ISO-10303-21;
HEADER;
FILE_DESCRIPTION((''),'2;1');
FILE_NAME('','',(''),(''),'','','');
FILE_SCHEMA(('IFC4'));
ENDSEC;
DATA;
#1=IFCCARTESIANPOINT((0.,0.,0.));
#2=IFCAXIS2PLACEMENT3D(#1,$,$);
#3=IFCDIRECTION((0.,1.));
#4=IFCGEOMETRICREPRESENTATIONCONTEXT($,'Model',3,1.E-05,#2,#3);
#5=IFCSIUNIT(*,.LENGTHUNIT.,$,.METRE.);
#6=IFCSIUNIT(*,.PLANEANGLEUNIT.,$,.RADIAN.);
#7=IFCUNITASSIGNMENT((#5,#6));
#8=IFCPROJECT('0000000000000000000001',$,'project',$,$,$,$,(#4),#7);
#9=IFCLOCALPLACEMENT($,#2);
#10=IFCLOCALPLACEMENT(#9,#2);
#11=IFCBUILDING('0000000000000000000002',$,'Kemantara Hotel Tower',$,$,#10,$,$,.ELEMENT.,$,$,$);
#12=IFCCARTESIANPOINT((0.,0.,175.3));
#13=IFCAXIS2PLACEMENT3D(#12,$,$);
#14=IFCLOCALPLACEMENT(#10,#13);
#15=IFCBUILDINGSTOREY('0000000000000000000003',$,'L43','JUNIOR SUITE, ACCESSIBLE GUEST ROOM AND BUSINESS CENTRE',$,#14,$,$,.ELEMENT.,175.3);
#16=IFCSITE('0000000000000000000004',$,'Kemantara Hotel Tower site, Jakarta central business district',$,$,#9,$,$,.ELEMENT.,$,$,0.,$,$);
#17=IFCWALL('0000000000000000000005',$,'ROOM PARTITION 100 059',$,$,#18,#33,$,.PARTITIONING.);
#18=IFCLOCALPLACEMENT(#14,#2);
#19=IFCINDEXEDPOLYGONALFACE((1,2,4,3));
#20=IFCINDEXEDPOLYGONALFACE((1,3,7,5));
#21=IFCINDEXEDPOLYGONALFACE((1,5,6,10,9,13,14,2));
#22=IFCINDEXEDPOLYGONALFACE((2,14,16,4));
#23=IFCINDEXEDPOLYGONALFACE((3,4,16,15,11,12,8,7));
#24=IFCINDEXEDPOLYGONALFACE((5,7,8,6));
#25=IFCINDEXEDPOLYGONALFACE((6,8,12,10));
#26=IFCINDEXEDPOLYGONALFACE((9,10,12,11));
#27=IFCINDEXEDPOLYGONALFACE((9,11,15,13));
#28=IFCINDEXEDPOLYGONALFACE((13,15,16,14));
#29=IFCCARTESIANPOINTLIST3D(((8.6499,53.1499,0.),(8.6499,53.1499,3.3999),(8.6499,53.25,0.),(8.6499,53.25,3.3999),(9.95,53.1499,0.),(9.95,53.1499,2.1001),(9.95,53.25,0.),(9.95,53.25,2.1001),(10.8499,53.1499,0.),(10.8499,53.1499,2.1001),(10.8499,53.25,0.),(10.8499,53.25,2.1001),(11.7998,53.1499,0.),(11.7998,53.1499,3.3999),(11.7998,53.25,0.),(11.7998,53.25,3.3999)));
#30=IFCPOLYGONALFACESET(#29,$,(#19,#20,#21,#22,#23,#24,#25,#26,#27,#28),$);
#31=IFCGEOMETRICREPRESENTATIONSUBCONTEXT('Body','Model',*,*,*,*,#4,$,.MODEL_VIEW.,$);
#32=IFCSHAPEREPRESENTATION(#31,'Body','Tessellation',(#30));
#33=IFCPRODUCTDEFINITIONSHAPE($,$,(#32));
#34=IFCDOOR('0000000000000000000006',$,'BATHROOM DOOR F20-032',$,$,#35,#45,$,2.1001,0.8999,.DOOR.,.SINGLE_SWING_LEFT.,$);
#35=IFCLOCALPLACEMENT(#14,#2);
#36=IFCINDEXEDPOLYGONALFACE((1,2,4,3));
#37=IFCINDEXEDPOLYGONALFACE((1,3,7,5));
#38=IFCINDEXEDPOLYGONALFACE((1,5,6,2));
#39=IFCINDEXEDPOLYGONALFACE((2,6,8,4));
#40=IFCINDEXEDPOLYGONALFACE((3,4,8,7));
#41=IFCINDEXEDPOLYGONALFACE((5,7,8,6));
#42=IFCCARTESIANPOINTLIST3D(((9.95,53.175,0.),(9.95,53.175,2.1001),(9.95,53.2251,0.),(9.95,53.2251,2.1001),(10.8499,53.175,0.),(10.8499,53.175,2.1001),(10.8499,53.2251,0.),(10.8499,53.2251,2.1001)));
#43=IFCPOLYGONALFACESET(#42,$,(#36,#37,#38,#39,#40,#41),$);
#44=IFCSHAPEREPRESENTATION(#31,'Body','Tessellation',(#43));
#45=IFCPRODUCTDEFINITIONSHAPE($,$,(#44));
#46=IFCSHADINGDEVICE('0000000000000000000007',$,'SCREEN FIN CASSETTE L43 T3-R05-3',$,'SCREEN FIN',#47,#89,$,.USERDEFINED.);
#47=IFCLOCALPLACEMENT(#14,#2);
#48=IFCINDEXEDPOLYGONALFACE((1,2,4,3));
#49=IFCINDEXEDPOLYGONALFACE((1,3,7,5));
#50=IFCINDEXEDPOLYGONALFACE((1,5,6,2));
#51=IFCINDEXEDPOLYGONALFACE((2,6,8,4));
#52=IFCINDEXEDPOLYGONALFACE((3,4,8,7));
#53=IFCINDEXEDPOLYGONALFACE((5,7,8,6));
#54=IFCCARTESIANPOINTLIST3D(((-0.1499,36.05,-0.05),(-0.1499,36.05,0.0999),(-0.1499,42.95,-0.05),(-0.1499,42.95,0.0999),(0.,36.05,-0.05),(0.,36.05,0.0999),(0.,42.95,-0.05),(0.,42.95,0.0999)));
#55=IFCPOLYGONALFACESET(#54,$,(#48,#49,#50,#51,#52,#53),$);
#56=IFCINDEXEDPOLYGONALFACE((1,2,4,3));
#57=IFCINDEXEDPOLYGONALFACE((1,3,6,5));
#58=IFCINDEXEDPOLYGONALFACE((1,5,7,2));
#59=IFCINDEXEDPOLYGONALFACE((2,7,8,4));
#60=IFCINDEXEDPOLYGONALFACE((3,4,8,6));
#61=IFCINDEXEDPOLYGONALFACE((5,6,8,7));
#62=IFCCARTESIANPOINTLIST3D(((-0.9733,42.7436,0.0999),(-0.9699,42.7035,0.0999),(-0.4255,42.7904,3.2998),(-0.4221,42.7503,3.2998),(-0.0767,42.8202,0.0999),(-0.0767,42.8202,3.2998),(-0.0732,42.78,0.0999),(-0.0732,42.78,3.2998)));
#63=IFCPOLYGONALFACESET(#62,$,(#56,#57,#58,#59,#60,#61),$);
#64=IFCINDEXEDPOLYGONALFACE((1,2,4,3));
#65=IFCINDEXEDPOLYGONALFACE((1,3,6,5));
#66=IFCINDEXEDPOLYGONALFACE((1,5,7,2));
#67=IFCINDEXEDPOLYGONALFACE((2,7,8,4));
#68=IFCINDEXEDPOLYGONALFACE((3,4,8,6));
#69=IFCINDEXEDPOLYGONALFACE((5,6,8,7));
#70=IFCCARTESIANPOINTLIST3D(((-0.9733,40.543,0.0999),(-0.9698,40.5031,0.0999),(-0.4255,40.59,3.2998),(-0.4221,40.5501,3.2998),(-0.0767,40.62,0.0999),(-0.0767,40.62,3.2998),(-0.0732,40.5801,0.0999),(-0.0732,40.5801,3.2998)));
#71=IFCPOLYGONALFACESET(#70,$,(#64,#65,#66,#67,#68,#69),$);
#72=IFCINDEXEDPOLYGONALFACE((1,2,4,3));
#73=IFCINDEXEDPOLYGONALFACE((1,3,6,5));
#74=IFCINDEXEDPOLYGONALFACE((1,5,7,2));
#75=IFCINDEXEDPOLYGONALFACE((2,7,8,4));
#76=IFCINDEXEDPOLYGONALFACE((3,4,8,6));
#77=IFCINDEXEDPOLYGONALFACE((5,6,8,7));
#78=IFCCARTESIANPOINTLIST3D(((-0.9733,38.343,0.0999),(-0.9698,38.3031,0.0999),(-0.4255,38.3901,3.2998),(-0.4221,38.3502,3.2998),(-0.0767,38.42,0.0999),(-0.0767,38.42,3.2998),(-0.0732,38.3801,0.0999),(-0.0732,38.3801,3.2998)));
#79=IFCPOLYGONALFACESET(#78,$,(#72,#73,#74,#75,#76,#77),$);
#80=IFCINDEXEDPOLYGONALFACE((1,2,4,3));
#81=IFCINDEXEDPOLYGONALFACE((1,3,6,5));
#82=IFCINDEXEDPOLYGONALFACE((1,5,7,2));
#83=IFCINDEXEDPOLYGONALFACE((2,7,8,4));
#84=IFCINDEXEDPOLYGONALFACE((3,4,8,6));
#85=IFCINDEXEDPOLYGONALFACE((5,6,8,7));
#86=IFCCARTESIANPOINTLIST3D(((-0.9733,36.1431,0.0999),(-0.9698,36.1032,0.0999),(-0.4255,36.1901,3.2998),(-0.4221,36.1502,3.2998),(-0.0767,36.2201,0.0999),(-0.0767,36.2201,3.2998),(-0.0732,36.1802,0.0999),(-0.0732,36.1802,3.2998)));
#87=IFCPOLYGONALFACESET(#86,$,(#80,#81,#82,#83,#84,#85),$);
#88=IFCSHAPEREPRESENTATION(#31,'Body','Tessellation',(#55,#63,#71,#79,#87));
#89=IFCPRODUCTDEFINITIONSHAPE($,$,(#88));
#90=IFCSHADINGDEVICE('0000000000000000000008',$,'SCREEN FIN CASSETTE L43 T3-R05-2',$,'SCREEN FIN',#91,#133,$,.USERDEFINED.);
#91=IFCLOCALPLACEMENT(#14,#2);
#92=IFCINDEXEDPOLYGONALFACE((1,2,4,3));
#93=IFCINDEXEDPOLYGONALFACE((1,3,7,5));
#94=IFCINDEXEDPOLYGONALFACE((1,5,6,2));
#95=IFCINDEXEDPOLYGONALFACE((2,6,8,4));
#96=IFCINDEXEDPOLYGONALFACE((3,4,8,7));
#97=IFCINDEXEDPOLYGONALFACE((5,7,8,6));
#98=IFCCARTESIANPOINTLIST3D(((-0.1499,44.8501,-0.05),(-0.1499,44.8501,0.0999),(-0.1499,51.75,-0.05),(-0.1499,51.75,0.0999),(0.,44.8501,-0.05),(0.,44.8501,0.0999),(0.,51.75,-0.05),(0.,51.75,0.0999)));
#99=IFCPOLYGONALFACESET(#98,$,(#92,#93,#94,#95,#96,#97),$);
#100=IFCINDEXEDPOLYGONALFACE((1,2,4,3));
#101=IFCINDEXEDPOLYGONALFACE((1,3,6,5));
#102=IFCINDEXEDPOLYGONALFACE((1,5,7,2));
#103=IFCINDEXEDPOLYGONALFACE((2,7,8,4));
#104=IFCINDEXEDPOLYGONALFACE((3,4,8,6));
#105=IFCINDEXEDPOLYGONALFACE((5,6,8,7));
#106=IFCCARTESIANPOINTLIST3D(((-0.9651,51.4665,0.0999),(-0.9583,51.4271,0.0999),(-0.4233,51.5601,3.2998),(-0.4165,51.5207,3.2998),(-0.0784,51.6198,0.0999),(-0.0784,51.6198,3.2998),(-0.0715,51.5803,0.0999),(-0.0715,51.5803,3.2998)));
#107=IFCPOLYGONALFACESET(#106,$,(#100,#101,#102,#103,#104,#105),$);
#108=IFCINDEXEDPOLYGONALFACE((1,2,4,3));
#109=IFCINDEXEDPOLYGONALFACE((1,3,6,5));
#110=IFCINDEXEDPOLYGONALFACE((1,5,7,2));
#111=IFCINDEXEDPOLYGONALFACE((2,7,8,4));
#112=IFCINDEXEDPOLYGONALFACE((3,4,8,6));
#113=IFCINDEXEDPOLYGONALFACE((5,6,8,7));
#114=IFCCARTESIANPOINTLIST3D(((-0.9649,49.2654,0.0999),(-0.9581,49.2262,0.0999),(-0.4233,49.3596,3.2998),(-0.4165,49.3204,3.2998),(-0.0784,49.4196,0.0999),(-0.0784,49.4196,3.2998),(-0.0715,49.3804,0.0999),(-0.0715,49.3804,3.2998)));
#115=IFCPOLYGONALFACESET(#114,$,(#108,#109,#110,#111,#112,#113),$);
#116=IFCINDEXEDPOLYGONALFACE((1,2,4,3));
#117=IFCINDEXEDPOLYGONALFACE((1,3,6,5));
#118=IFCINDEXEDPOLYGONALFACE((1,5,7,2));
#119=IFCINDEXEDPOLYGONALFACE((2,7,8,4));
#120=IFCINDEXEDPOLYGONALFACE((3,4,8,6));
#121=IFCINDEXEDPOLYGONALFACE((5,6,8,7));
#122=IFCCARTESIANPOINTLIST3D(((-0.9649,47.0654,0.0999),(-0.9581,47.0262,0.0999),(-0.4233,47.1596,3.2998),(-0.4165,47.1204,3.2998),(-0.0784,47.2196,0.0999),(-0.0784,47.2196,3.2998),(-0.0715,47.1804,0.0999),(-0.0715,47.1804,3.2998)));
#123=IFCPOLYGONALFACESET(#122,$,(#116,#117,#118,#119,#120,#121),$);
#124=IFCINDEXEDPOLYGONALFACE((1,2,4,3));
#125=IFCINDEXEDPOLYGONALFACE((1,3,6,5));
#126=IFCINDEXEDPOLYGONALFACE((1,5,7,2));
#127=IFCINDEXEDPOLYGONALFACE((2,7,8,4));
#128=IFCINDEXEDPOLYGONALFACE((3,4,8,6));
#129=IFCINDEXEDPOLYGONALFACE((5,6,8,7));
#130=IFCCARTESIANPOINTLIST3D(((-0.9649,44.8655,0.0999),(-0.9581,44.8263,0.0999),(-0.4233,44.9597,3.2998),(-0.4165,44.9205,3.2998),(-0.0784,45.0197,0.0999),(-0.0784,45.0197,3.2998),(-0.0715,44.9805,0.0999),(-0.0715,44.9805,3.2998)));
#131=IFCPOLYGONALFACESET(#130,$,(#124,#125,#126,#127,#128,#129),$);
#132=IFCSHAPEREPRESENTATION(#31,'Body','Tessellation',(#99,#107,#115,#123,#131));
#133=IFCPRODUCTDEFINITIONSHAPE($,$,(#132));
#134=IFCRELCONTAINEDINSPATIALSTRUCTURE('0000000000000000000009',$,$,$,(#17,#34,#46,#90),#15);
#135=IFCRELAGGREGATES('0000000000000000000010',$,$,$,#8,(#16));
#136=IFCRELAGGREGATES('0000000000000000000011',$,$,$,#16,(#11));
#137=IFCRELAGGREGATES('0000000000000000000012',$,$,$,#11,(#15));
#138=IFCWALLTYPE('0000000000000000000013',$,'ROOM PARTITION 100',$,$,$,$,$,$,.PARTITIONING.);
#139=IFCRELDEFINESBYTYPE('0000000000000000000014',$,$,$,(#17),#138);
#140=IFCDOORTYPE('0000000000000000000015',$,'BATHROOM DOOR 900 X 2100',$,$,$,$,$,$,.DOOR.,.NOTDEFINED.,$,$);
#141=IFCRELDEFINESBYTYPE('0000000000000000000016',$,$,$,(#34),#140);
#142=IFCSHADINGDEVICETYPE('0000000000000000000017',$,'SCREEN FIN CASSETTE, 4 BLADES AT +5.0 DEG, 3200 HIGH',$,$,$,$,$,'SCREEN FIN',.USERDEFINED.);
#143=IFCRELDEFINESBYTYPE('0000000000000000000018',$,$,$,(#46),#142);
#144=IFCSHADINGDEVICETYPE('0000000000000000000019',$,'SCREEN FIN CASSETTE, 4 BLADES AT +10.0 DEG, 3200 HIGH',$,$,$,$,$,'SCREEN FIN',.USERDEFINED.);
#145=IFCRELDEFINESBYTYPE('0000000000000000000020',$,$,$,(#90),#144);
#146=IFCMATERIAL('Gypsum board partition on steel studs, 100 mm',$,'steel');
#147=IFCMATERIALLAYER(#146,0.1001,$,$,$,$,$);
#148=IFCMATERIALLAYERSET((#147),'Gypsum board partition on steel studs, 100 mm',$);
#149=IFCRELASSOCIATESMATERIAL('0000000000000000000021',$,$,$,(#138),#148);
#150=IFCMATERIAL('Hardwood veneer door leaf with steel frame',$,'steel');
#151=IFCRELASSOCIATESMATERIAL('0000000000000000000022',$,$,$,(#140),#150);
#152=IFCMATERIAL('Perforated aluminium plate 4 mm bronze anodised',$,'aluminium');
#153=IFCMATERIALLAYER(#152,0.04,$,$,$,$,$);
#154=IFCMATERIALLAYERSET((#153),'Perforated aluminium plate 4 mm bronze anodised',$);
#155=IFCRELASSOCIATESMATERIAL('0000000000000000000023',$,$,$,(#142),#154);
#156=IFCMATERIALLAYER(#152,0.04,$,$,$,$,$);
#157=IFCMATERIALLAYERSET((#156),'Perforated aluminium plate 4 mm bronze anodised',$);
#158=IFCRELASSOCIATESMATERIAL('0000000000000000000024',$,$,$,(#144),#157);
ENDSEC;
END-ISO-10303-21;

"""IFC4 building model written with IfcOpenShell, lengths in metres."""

from ifc_helpers import new_model, si_unit, direction, frame, frame_2d, origin, origin_2d, place, context, subcontext, project, spatial, polyline, rectangle, outline, extrude, source, transform, mapped, material, layer, layer_set, type_object, element, fill, save


model = new_model("IFC4")

# Units and contexts
model_context = context("Model", 3, precision=1e-05, world=origin(), true_north=direction((0.0, 1.0)))
body_context = subcontext(model_context, "Body", "Model", "MODEL_VIEW")
ifc_project = project(units=[si_unit("LENGTHUNIT", "METRE"), si_unit("PLANEANGLEUNIT", "RADIAN")], contexts=[model_context])

# Site, building, storey
site_placement = place(None, origin())
site = spatial("IfcSite", under=ifc_project, at=site_placement, Name="Kemantara Hotel Tower site, Jakarta central business district", CompositionType="ELEMENT", RefElevation=0.0)
building_placement = place(site_placement, origin())
building = spatial("IfcBuilding", under=site, at=building_placement, Name="Kemantara Hotel Tower", CompositionType="ELEMENT")
storey_placement = place(building_placement, frame((0.0, 0.0, 175.3)))
storey = spatial("IfcBuildingStorey", under=building, at=storey_placement, Name="L43", Description="JUNIOR SUITE, ACCESSIBLE GUEST ROOM AND BUSINESS CENTRE", CompositionType="ELEMENT", Elevation=175.3)

# Shared definitions
ifc_material_1 = material(Name="Hardwood veneer door leaf with steel frame", Category="steel")

# Shared definitions
ifc_material_2 = material(Name="Gypsum board partition on steel studs, 100 mm", Category="steel")
ifc_layer_1 = layer(ifc_material_2, 0.1001)
ifc_layer_set_1 = layer_set([ifc_layer_1], Name="Gypsum board partition on steel studs, 100 mm")
wall_type_1 = type_object("IfcWallType", Name="ROOM PARTITION 100", PredefinedType="PARTITIONING", material=ifc_layer_set_1)

# Shared definitions
door_type_1 = type_object("IfcDoorType", Name="BATHROOM DOOR 900 X 2100", OperationType="NOTDEFINED", PredefinedType="DOOR", material=ifc_material_1)

# Wall, opening, door
wall_1_placement = place(storey_placement, frame((11.7998, 53.2, 0.0), z_axis=(0.0, 0.0, 1.0), x_axis=(-1.0, 0.0, 0.0)))
wall_1 = element("IfcWall", 1, at=wall_1_placement, inside=storey, type_object=wall_type_1, Name="ROOM PARTITION 100 059", PredefinedType="PARTITIONING", context=body_context, shape_type="SweptSolid", body=[
    extrude(rectangle(XDim=3.1499, YDim=0.1001, at=frame_2d((1.575, 0.0))), origin(), (0.0, 0.0, 1.0), 3.3999),
])
opening_1_placement = place(wall_1_placement, frame((0.95, 0.0, 0.0)))
opening_1 = element("IfcOpeningElement", 2, at=opening_1_placement, cuts=wall_1, PredefinedType="OPENING", context=body_context, shape_type="SweptSolid", body=[
    extrude(rectangle(XDim=0.8999, YDim=2.1001, at=frame_2d((0.45, 1.05))), frame((0.0, 0.0601, 0.0), z_axis=(0.0, -1.0, 0.0), x_axis=(1.0, 0.0, 0.0)), (0.0, 0.0, 1.0), 0.1201),
])
door_1_placement = place(opening_1_placement, origin())
door_1 = element("IfcDoor", 3, at=door_1_placement, inside=storey, type_object=door_type_1, Name="BATHROOM DOOR F20-032", OperationType="SINGLE_SWING_LEFT", OverallHeight=2.1001, OverallWidth=0.8999, PredefinedType="DOOR", context=body_context, shape_type="SweptSolid", body=[
    extrude(rectangle(XDim=0.8999, YDim=2.1001, at=frame_2d((0.45, 1.05))), frame((0.0, 0.0249, 0.0), z_axis=(0.0, -1.0, 0.0), x_axis=(1.0, 0.0, 0.0)), (0.0, 0.0, 1.0), 0.05),
])
fill(opening_1, door_1)

# Shading devices
ifc_material_3 = material(Name="Perforated aluminium plate 4 mm bronze anodised", Category="aluminium")
ifc_layer_2 = layer(ifc_material_3, 0.04)
ifc_layer_set_2 = layer_set([ifc_layer_2], Name="Perforated aluminium plate 4 mm bronze anodised")
shading_device_type_1 = type_object("IfcShadingDeviceType", Name="SCREEN FIN CASSETTE, 4 BLADES AT +5.0 DEG, 3200 HIGH", ElementType="SCREEN FIN", PredefinedType="USERDEFINED", material=ifc_layer_set_2)
shared_shape_1 = source(origin(), body_context, "Body", "SweptSolid", [
    extrude(rectangle(XDim=6.8999, YDim=0.1499, at=origin_2d()), frame((3.3, -0.075, -0.1499), z_axis=(0.0, 0.0, 1.0), x_axis=(1.0, 0.0, 0.0)), (0.0, 0.0, 1.0), 0.1499),
    extrude(outline(polyline([(0.0, 0.0), (0.8999, 0.0), (0.3501, 3.2), (0.0, 3.2), (0.0, 0.0)])), frame((0.02, -0.0732, 0.0), z_axis=(-0.996376, -0.085056, 0.0), x_axis=(0.085056, -0.996376, 0.0)), (0.0, 0.0, 1.0), 0.0403),
    extrude(outline(polyline([(0.0, 0.0), (0.8999, 0.0), (0.3501, 3.2), (0.0, 3.2), (0.0, 0.0)])), frame((2.22, -0.0732, 0.0), z_axis=(-0.996332, -0.085575, 0.0), x_axis=(0.085575, -0.996332, 0.0)), (0.0, 0.0, 1.0), 0.04),
    extrude(outline(polyline([(0.0, 0.0), (0.8999, 0.0), (0.3501, 3.2), (0.0, 3.2), (0.0, 0.0)])), frame((4.4199, -0.0732, 0.0), z_axis=(-0.996332, -0.085575, 0.0), x_axis=(0.085575, -0.996332, 0.0)), (0.0, 0.0, 1.0), 0.04),
    extrude(outline(polyline([(0.0, 0.0), (0.8999, 0.0), (0.3501, 3.2), (0.0, 3.2), (0.0, 0.0)])), frame((6.6199, -0.0732, 0.0), z_axis=(-0.996332, -0.085575, 0.0), x_axis=(0.085575, -0.996332, 0.0)), (0.0, 0.0, 1.0), 0.04),
])
shading_device_1_placement = place(storey_placement, frame((0.0, 42.8, 0.0999), z_axis=(0.0, 0.0, 1.0), x_axis=(0.0, -1.0, 0.0)))
element("IfcShadingDevice", 4, at=shading_device_1_placement, inside=storey, type_object=shading_device_type_1, Name="SCREEN FIN CASSETTE L43 T3-R05-3", ObjectType="SCREEN FIN", PredefinedType="USERDEFINED", context=body_context, shape_type="MappedRepresentation", body=[
    mapped(shared_shape_1, transform((0.0, 0.0, 0.0))),
])
ifc_layer_3 = layer(ifc_material_3, 0.04)
ifc_layer_set_3 = layer_set([ifc_layer_3], Name="Perforated aluminium plate 4 mm bronze anodised")
shading_device_type_2 = type_object("IfcShadingDeviceType", Name="SCREEN FIN CASSETTE, 4 BLADES AT +10.0 DEG, 3200 HIGH", ElementType="SCREEN FIN", PredefinedType="USERDEFINED", material=ifc_layer_set_3)
shared_shape_2 = source(origin(), body_context, "Body", "SweptSolid", [
    extrude(rectangle(XDim=6.8999, YDim=0.1499, at=origin_2d()), frame((3.3, -0.075, -0.1499), z_axis=(0.0, 0.0, 1.0), x_axis=(1.0, 0.0, 0.0)), (0.0, 0.0, 1.0), 0.1499),
    extrude(outline(polyline([(0.0, 0.0), (0.8999, 0.0), (0.3501, 3.2), (0.0, 3.2), (0.0, 0.0)])), frame((0.0198, -0.0715, 0.0), z_axis=(-0.98539, -0.170314, 0.0), x_axis=(0.170314, -0.98539, 0.0)), (0.0, 0.0, 1.0), 0.04),
    extrude(outline(polyline([(0.0, 0.0), (0.8999, 0.0), (0.3501, 3.2), (0.0, 3.2), (0.0, 0.0)])), frame((2.2197, -0.0715, 0.0), z_axis=(-0.985212, -0.171341, 0.0), x_axis=(0.171341, -0.985212, 0.0)), (0.0, 0.0, 1.0), 0.0398),
    extrude(outline(polyline([(0.0, 0.0), (0.8999, 0.0), (0.3501, 3.2), (0.0, 3.2), (0.0, 0.0)])), frame((4.4197, -0.0715, 0.0), z_axis=(-0.985212, -0.171341, 0.0), x_axis=(0.171341, -0.985212, 0.0)), (0.0, 0.0, 1.0), 0.0398),
    extrude(outline(polyline([(0.0, 0.0), (0.8999, 0.0), (0.3501, 3.2), (0.0, 3.2), (0.0, 0.0)])), frame((6.6196, -0.0715, 0.0), z_axis=(-0.985212, -0.171341, 0.0), x_axis=(0.171341, -0.985212, 0.0)), (0.0, 0.0, 1.0), 0.0398),
])
shading_device_2_placement = place(storey_placement, frame((0.0, 51.6001, 0.0999), z_axis=(0.0, 0.0, 1.0), x_axis=(0.0, -1.0, 0.0)))
element("IfcShadingDevice", 5, at=shading_device_2_placement, inside=storey, type_object=shading_device_type_2, Name="SCREEN FIN CASSETTE L43 T3-R05-2", ObjectType="SCREEN FIN", PredefinedType="USERDEFINED", context=body_context, shape_type="MappedRepresentation", body=[
    mapped(shared_shape_2, transform((0.0, 0.0, 0.0))),
])

save(model, "model.ifc")
